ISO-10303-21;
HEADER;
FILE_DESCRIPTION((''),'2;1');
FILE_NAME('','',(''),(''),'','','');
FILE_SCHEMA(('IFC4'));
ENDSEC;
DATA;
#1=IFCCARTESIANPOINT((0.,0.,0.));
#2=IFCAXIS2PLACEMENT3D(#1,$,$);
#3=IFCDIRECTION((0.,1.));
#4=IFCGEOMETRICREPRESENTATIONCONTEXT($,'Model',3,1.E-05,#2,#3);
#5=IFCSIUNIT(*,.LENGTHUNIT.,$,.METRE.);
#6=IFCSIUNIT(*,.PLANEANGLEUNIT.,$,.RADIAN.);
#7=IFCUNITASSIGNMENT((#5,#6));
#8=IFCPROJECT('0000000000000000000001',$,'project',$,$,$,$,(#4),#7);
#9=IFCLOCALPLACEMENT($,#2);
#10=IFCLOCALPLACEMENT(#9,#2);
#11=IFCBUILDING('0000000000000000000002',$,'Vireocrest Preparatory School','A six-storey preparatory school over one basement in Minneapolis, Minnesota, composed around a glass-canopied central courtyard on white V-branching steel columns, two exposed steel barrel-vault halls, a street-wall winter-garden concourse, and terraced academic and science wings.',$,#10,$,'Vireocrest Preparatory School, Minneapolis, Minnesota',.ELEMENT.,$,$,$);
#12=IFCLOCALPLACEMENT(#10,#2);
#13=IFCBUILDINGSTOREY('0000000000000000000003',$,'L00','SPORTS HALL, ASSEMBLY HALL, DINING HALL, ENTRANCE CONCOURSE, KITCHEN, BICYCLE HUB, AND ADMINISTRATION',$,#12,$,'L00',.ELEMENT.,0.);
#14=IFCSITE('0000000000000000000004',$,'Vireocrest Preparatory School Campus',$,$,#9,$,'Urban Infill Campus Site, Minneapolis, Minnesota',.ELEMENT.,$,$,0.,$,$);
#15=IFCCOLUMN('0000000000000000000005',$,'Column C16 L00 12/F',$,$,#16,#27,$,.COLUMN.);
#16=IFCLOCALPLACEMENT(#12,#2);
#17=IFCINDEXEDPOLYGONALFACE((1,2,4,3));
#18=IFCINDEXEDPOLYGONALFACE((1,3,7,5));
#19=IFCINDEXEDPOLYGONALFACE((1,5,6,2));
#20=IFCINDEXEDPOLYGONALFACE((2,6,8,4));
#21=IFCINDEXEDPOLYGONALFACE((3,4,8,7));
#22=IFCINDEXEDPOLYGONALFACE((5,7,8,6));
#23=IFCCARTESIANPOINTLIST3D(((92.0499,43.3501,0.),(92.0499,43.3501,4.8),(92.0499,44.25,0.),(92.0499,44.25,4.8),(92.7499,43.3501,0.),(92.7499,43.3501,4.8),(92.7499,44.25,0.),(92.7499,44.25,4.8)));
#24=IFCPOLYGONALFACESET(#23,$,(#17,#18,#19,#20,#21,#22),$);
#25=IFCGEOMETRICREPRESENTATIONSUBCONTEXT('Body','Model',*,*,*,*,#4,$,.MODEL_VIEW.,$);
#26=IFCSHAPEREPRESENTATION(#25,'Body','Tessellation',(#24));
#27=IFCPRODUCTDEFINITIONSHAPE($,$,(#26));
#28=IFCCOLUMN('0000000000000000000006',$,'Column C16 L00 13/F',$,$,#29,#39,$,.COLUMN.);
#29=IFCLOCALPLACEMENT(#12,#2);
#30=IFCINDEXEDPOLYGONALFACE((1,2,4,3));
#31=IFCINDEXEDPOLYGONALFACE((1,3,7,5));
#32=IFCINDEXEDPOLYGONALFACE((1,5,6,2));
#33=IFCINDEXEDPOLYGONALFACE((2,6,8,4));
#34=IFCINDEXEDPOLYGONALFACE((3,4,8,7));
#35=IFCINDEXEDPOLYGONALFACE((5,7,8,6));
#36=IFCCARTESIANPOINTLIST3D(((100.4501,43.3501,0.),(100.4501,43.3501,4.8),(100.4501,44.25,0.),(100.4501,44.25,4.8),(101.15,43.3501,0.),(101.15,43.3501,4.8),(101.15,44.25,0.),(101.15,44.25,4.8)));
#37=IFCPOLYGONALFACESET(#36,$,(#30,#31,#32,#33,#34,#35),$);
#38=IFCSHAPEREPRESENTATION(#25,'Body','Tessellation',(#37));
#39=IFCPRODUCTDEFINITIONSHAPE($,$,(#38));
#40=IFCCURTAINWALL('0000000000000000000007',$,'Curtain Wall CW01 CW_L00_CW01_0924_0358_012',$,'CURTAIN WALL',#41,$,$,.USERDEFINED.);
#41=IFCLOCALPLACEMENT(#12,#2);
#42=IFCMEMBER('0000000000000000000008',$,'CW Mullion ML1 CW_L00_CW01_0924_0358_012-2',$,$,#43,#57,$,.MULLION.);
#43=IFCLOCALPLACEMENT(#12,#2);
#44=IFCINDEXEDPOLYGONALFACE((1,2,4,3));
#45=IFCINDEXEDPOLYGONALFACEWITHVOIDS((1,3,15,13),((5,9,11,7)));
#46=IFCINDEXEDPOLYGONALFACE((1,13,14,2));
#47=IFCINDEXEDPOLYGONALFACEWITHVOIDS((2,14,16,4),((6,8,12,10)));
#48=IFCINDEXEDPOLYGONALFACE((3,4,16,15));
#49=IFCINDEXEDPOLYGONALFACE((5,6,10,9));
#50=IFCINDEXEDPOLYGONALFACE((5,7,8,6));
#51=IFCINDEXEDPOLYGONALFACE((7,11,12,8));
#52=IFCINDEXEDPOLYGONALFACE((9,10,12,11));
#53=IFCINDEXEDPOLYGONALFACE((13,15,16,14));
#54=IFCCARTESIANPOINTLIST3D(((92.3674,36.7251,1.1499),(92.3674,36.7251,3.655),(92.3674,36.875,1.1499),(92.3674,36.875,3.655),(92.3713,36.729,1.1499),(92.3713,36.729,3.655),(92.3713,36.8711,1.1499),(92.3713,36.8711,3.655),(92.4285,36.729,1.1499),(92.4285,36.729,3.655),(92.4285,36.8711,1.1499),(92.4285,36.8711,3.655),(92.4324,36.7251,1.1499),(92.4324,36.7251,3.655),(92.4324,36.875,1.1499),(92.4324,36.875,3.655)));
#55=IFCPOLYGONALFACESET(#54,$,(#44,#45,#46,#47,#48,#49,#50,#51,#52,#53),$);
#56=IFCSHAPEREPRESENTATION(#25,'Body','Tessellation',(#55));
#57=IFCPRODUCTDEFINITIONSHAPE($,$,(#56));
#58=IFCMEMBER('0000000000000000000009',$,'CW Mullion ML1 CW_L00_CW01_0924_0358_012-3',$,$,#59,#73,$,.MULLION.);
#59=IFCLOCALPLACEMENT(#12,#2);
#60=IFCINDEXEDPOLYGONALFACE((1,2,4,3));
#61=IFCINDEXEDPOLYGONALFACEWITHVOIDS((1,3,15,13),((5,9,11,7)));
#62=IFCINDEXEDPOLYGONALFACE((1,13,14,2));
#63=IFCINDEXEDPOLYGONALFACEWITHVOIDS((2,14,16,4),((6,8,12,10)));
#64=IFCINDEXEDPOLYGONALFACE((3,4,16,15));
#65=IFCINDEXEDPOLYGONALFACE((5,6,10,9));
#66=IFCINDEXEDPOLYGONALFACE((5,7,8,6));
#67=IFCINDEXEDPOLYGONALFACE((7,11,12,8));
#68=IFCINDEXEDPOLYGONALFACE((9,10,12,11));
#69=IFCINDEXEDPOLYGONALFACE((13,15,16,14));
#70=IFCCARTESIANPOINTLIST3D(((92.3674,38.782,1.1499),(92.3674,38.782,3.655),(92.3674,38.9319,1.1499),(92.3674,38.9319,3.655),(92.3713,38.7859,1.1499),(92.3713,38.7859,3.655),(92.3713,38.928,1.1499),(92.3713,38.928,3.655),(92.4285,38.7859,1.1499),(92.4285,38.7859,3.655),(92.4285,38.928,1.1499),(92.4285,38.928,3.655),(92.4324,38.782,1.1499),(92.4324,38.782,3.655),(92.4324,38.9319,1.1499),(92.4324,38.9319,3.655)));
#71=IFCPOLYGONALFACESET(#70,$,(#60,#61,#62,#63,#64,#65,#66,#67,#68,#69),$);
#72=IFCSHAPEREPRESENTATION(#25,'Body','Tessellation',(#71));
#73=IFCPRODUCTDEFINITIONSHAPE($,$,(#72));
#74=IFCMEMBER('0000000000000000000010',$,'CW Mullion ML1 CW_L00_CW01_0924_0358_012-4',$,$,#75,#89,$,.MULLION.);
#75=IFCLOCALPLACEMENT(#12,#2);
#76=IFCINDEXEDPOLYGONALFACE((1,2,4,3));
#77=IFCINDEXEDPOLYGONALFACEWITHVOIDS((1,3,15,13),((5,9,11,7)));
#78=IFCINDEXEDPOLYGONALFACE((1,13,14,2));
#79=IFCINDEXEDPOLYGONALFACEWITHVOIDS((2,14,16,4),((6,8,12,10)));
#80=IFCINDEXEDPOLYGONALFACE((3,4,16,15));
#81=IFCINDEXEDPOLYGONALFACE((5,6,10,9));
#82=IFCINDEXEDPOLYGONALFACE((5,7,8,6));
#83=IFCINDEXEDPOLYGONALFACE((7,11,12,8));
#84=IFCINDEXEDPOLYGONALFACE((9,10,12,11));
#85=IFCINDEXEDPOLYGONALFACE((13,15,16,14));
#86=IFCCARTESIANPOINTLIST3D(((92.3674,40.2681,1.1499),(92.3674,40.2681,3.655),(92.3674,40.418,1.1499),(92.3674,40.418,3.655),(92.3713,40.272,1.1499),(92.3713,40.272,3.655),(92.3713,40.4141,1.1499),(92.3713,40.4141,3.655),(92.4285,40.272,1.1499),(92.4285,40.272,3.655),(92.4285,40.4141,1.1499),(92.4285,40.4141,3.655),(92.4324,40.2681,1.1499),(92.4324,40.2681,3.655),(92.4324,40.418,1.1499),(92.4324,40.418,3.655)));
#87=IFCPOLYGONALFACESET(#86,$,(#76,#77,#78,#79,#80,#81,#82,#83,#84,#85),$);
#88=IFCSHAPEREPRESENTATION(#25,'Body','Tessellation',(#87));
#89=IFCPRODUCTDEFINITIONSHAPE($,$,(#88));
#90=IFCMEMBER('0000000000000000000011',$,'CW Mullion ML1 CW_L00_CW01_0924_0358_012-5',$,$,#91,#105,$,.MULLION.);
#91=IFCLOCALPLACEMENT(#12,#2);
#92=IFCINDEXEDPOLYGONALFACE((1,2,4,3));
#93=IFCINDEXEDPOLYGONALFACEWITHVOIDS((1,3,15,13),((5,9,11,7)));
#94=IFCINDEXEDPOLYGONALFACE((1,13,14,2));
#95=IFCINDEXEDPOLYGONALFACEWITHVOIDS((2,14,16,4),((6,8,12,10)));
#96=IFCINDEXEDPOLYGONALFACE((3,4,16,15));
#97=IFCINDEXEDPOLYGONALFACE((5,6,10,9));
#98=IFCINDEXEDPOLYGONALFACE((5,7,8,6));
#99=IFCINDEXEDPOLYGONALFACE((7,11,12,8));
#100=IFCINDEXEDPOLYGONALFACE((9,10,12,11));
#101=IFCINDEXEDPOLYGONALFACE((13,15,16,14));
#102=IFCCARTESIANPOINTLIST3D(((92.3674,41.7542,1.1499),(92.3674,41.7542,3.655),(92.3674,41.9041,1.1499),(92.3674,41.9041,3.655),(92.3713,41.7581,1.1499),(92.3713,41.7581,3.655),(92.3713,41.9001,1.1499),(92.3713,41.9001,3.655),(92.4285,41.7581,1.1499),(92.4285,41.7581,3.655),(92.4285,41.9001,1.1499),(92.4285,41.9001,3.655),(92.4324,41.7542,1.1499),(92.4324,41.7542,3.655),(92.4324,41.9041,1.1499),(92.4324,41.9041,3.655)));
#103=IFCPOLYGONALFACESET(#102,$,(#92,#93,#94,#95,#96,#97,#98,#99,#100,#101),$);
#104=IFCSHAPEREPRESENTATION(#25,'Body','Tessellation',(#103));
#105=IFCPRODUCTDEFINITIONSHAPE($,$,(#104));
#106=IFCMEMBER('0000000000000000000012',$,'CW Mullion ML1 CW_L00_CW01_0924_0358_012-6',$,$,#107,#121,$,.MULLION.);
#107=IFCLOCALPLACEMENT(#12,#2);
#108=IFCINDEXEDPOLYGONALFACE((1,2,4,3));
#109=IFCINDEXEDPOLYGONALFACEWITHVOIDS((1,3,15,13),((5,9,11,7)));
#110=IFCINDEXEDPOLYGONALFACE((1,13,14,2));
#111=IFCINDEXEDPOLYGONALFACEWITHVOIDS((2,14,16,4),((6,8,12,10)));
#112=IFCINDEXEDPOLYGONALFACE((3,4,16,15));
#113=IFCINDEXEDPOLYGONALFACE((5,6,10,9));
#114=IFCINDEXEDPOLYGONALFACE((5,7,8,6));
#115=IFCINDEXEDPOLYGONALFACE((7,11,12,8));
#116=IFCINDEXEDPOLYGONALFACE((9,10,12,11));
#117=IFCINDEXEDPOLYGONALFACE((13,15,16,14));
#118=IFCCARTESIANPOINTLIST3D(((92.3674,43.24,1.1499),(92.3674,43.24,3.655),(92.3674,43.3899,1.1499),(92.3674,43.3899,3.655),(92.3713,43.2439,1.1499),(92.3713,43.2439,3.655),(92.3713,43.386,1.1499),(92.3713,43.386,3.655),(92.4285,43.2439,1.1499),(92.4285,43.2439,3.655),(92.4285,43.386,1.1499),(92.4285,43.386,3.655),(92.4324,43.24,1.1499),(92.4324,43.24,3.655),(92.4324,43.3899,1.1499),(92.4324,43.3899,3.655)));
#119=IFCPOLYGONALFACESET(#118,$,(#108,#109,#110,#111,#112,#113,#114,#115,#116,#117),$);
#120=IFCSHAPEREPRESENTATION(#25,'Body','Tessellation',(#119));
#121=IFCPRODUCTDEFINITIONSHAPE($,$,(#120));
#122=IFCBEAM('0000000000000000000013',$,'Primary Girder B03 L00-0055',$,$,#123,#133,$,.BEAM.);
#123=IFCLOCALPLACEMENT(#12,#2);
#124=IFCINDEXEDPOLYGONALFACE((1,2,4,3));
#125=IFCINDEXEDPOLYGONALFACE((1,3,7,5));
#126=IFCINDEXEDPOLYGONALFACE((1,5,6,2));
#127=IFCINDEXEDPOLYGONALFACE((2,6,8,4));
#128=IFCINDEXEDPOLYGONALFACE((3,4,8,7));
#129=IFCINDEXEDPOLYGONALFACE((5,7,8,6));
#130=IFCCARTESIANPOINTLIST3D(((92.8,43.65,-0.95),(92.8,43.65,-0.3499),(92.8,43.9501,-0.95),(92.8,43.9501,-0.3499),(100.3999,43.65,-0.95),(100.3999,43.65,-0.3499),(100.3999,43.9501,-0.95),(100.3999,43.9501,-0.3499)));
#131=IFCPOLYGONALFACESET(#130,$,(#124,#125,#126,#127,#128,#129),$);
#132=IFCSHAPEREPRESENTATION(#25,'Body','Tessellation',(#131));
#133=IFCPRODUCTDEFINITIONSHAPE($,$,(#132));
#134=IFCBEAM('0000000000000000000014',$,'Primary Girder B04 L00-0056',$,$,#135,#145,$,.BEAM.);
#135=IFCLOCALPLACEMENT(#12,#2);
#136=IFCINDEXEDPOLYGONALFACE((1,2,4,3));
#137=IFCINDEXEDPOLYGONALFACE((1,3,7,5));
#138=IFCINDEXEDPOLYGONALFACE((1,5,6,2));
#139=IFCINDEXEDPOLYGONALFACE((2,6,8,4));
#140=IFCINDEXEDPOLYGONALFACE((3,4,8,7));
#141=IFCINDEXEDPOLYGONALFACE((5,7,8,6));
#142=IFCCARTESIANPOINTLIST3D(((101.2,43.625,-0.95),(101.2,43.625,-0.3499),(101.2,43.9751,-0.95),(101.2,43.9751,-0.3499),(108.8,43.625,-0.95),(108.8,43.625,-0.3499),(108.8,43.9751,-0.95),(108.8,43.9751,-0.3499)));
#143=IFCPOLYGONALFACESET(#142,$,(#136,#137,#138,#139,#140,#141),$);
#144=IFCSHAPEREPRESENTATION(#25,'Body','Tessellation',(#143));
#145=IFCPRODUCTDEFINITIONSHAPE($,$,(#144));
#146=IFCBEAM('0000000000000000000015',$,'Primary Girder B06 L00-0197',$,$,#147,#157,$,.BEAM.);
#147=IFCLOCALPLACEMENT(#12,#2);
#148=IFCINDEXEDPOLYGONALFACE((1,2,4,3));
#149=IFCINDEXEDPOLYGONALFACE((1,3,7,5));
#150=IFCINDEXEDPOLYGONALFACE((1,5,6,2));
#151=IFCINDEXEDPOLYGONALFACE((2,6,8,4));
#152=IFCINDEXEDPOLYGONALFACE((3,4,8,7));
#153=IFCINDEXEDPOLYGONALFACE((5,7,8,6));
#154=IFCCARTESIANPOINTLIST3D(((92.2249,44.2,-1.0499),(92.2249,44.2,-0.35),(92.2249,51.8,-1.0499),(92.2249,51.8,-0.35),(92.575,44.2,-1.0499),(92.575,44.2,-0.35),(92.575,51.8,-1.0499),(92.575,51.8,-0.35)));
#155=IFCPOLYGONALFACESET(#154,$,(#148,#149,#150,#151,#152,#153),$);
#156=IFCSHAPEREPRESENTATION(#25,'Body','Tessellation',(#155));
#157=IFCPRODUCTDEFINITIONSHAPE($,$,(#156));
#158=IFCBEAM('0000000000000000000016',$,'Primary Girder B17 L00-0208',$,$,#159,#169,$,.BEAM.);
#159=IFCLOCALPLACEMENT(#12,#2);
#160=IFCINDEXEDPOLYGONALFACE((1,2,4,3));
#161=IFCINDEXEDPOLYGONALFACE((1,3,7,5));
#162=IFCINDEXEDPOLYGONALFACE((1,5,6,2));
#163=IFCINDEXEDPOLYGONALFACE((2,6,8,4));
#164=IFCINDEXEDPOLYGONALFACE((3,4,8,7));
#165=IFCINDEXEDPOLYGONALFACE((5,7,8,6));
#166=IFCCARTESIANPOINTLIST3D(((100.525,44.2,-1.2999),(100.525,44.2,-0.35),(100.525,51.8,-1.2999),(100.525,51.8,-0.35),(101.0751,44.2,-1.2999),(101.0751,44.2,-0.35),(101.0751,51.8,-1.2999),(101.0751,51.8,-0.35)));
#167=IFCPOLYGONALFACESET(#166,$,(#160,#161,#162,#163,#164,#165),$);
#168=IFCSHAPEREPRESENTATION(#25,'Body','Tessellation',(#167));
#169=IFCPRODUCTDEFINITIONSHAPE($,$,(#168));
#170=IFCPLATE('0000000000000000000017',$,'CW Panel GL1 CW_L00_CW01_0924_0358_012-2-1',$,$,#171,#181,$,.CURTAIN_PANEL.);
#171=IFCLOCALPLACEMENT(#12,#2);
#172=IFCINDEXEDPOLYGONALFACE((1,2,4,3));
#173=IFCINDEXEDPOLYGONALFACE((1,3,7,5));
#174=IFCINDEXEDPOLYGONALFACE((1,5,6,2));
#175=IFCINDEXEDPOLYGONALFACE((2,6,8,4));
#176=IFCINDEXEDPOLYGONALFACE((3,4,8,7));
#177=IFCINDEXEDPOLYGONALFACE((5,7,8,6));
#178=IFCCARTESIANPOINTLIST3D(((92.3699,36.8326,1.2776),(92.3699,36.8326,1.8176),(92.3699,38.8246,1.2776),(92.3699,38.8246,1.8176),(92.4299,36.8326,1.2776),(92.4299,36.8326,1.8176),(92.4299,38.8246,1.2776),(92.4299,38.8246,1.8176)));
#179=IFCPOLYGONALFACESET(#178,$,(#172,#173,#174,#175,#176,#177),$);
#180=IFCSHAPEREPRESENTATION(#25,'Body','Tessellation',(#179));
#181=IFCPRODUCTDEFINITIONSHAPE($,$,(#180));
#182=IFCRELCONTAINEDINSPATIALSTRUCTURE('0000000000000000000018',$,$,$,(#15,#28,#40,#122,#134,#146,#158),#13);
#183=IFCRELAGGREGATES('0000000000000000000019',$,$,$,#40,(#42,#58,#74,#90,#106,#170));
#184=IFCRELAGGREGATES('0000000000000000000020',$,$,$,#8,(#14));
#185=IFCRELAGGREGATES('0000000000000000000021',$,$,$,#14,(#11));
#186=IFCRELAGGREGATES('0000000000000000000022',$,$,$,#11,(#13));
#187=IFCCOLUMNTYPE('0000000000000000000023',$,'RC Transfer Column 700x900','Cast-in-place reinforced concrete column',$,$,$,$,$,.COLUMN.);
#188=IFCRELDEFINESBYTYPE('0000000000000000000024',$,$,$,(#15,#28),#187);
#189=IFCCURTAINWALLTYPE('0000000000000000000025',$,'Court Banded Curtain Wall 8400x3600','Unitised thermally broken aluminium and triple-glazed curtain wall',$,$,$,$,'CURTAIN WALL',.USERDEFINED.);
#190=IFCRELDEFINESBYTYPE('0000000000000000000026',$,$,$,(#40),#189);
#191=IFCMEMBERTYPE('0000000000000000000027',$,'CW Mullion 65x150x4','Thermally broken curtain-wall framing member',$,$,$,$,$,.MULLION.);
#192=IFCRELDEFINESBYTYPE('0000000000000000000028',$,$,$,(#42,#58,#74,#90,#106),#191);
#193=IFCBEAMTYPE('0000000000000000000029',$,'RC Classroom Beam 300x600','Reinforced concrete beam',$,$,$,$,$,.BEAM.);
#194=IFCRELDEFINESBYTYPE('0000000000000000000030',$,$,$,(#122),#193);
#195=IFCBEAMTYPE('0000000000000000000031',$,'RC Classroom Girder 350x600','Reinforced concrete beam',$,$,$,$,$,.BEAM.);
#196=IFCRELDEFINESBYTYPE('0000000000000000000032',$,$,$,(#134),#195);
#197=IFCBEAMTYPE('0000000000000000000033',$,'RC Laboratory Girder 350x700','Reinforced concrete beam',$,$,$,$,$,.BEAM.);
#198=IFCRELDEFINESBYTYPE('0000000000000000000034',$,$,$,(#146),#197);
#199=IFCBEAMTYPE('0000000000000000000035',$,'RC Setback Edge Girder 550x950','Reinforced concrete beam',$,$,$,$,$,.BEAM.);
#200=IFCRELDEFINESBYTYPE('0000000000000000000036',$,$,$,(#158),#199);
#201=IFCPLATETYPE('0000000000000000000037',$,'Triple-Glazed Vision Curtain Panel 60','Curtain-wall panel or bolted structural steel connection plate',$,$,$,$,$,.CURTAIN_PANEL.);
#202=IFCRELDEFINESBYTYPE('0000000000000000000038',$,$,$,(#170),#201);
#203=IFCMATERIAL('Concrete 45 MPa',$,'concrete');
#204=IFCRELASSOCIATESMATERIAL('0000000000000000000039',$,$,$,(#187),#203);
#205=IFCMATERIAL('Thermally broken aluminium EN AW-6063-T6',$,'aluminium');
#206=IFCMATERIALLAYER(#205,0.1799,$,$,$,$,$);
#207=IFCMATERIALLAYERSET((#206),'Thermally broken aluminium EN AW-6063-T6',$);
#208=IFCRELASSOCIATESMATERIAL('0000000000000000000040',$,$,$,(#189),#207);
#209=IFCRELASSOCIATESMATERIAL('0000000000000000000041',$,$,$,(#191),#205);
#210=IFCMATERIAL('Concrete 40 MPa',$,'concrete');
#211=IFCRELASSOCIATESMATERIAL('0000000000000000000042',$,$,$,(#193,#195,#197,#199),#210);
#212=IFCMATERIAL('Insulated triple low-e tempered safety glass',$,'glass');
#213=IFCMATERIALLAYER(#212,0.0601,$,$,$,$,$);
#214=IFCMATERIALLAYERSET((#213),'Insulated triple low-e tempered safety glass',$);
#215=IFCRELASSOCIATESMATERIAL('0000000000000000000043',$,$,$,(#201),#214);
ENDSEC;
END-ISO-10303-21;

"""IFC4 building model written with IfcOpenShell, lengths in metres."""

from ifc_helpers import new_model, si_unit, direction, frame, origin, origin_2d, place, context, subcontext, project, spatial, rectangle, hollow_rectangle, extrude, material, layer, layer_set, material_profile, profile_set, type_object, element, aggregate, save


model = new_model("IFC4")

# Units and contexts
model_context = context("Model", 3, precision=1e-05, world=origin(), true_north=direction((0.0, 1.0)))
body_context = subcontext(model_context, "Body", "Model", "MODEL_VIEW")
ifc_project = project(units=[si_unit("LENGTHUNIT", "METRE"), si_unit("PLANEANGLEUNIT", "RADIAN")], contexts=[model_context])

# Site, building, storey
site_placement = place(None, origin())
site = spatial("IfcSite", under=ifc_project, at=site_placement, Name="Vireocrest Preparatory School Campus", LongName="Urban Infill Campus Site, Minneapolis, Minnesota", CompositionType="ELEMENT", RefElevation=0.0)
building_placement = place(site_placement, origin())
building = spatial("IfcBuilding", under=site, at=building_placement, Name="Vireocrest Preparatory School", Description="A six-storey preparatory school over one basement in Minneapolis, Minnesota, composed around a glass-canopied central courtyard on white V-branching steel columns, two exposed steel barrel-vault halls, a street-wall winter-garden concourse, and terraced academic and science wings.", LongName="Vireocrest Preparatory School, Minneapolis, Minnesota", CompositionType="ELEMENT")
storey_placement = place(building_placement, origin())
storey = spatial("IfcBuildingStorey", under=building, at=storey_placement, Name="L00", Description="SPORTS HALL, ASSEMBLY HALL, DINING HALL, ENTRANCE CONCOURSE, KITCHEN, BICYCLE HUB, AND ADMINISTRATION", LongName="L00", CompositionType="ELEMENT", Elevation=0.0)

# Columns
ifc_material_1 = material(Name="Concrete 45 MPa", Category="concrete")
ifc_material_profile_1 = material_profile(ifc_material_1, rectangle(XDim=0.7, YDim=0.8999, at=origin_2d()), Name="RC 700x900")
ifc_profile_set_1 = profile_set([ifc_material_profile_1], Name="Concrete 45 MPa")
column_type = type_object("IfcColumnType", Name="RC Transfer Column 700x900", Description="Cast-in-place reinforced concrete column", PredefinedType="COLUMN", material=ifc_profile_set_1)
for number, where, z_axis, x_axis, name in (
    (1, (92.3999, 43.8, 0.0), (0.0, 0.0, 1.0), (1.0, 0.0, 0.0), "Column C16 L00 12/F"),
    (2, (100.8, 43.8, 0.0), (0.0, 0.0, 1.0), (1.0, 0.0, 0.0), "Column C16 L00 13/F"),
):
    element("IfcColumn", number, at=place(storey_placement, frame(where, z_axis=z_axis, x_axis=x_axis)), inside=storey, type_object=column_type, Name=name, PredefinedType="COLUMN", context=body_context, shape_type="SweptSolid", body=[
        extrude(rectangle(XDim=0.7, YDim=0.8999, at=origin_2d()), origin(), (0.0, 0.0, 1.0), 4.8),
    ])

# Curtain wall, members
ifc_material_2 = material(Name="Thermally broken aluminium EN AW-6063-T6", Category="aluminium")
ifc_layer_1 = layer(ifc_material_2, 0.1799)
ifc_layer_set_1 = layer_set([ifc_layer_1], Name="Thermally broken aluminium EN AW-6063-T6")
curtain_wall_type = type_object("IfcCurtainWallType", Name="Court Banded Curtain Wall 8400x3600", Description="Unitised thermally broken aluminium and triple-glazed curtain wall", ElementType="CURTAIN WALL", PredefinedType="USERDEFINED", material=ifc_layer_set_1)
curtain_wall_placement = place(storey_placement, origin())
curtain_wall = element("IfcCurtainWall", 3, at=curtain_wall_placement, inside=storey, type_object=curtain_wall_type, Name="Curtain Wall CW01 CW_L00_CW01_0924_0358_012", ObjectType="CURTAIN WALL", PredefinedType="USERDEFINED")
ifc_material_profile_2 = material_profile(ifc_material_2, hollow_rectangle(XDim=0.0649, YDim=0.1499, WallThickness=0.0039, at=origin_2d()), Name="ALU 65x150x4")
ifc_profile_set_2 = profile_set([ifc_material_profile_2], Name="Thermally broken aluminium EN AW-6063-T6")
member_type = type_object("IfcMemberType", Name="CW Mullion 65x150x4", Description="Thermally broken curtain-wall framing member", PredefinedType="MULLION", material=ifc_profile_set_2)
member_1_placement = place(storey_placement, frame((92.3999, 36.8, 1.1499), z_axis=(0.0, 0.0, 1.0), x_axis=(1.0, 0.0, 0.0)))
member_1 = element("IfcMember", 4, at=member_1_placement, type_object=member_type, Name="CW Mullion ML1 CW_L00_CW01_0924_0358_012-2", PredefinedType="MULLION", context=body_context, shape_type="SweptSolid", body=[
    extrude(hollow_rectangle(XDim=0.0649, YDim=0.1499, WallThickness=0.0039, at=origin_2d()), origin(), (0.0, 0.0, 1.0), 2.5051),
])
member_2_placement = place(storey_placement, frame((92.3999, 38.8569, 1.1499), z_axis=(0.0, 0.0, 1.0), x_axis=(1.0, 0.0, 0.0)))
member_2 = element("IfcMember", 5, at=member_2_placement, type_object=member_type, Name="CW Mullion ML1 CW_L00_CW01_0924_0358_012-3", PredefinedType="MULLION", context=body_context, shape_type="SweptSolid", body=[
    extrude(hollow_rectangle(XDim=0.0649, YDim=0.1499, WallThickness=0.0039, at=origin_2d()), origin(), (0.0, 0.0, 1.0), 2.5051),
])
member_3_placement = place(storey_placement, frame((92.3999, 40.343, 1.1499), z_axis=(0.0, 0.0, 1.0), x_axis=(1.0, 0.0, 0.0)))
member_3 = element("IfcMember", 6, at=member_3_placement, type_object=member_type, Name="CW Mullion ML1 CW_L00_CW01_0924_0358_012-4", PredefinedType="MULLION", context=body_context, shape_type="SweptSolid", body=[
    extrude(hollow_rectangle(XDim=0.0649, YDim=0.1499, WallThickness=0.0039, at=origin_2d()), origin(), (0.0, 0.0, 1.0), 2.5051),
])
member_4_placement = place(storey_placement, frame((92.3999, 41.8291, 1.1499), z_axis=(0.0, 0.0, 1.0), x_axis=(1.0, 0.0, 0.0)))
member_4 = element("IfcMember", 7, at=member_4_placement, type_object=member_type, Name="CW Mullion ML1 CW_L00_CW01_0924_0358_012-5", PredefinedType="MULLION", context=body_context, shape_type="SweptSolid", body=[
    extrude(hollow_rectangle(XDim=0.0649, YDim=0.1499, WallThickness=0.0039, at=origin_2d()), origin(), (0.0, 0.0, 1.0), 2.5051),
])
member_5_placement = place(storey_placement, frame((92.3999, 43.3149, 1.1499), z_axis=(0.0, 0.0, 1.0), x_axis=(1.0, 0.0, 0.0)))
member_5 = element("IfcMember", 8, at=member_5_placement, type_object=member_type, Name="CW Mullion ML1 CW_L00_CW01_0924_0358_012-6", PredefinedType="MULLION", context=body_context, shape_type="SweptSolid", body=[
    extrude(hollow_rectangle(XDim=0.0649, YDim=0.1499, WallThickness=0.0039, at=origin_2d()), origin(), (0.0, 0.0, 1.0), 2.5051),
])

# Beams
ifc_material_3 = material(Name="Concrete 40 MPa", Category="concrete")
ifc_material_profile_3 = material_profile(ifc_material_3, rectangle(XDim=0.3, YDim=0.6001, at=origin_2d()), Name="RC 300x600")
ifc_profile_set_3 = profile_set([ifc_material_profile_3], Name="Concrete 40 MPa")
beam_type_1 = type_object("IfcBeamType", Name="RC Classroom Beam 300x600", Description="Reinforced concrete beam", PredefinedType="BEAM", material=ifc_profile_set_3)
beam_1_placement = place(storey_placement, frame((92.8, 43.8, -0.6499), z_axis=(1.0, 0.0, 0.0), x_axis=(0.0, 1.0, 0.0)))
element("IfcBeam", 9, at=beam_1_placement, inside=storey, type_object=beam_type_1, Name="Primary Girder B03 L00-0055", PredefinedType="BEAM", context=body_context, shape_type="SweptSolid", body=[
    extrude(rectangle(XDim=0.3, YDim=0.6001, at=origin_2d()), origin(), (0.0, 0.0, 1.0), 7.5999),
])
ifc_material_profile_4 = material_profile(ifc_material_3, rectangle(XDim=0.3501, YDim=0.6001, at=origin_2d()), Name="RC 350x600")
ifc_profile_set_4 = profile_set([ifc_material_profile_4], Name="Concrete 40 MPa")
beam_type_2 = type_object("IfcBeamType", Name="RC Classroom Girder 350x600", Description="Reinforced concrete beam", PredefinedType="BEAM", material=ifc_profile_set_4)
beam_2_placement = place(storey_placement, frame((101.2, 43.8, -0.6499), z_axis=(1.0, 0.0, 0.0), x_axis=(0.0, 1.0, 0.0)))
element("IfcBeam", 10, at=beam_2_placement, inside=storey, type_object=beam_type_2, Name="Primary Girder B04 L00-0056", PredefinedType="BEAM", context=body_context, shape_type="SweptSolid", body=[
    extrude(rectangle(XDim=0.3501, YDim=0.6001, at=origin_2d()), origin(), (0.0, 0.0, 1.0), 7.6001),
])
ifc_material_profile_5 = material_profile(ifc_material_3, rectangle(XDim=0.3501, YDim=0.7, at=origin_2d()), Name="RC 350x700")
ifc_profile_set_5 = profile_set([ifc_material_profile_5], Name="Concrete 40 MPa")
beam_type_3 = type_object("IfcBeamType", Name="RC Laboratory Girder 350x700", Description="Reinforced concrete beam", PredefinedType="BEAM", material=ifc_profile_set_5)
beam_3_placement = place(storey_placement, frame((92.3999, 44.2, -0.7), z_axis=(0.0, 1.0, 0.0), x_axis=(-1.0, 0.0, 0.0)))
element("IfcBeam", 11, at=beam_3_placement, inside=storey, type_object=beam_type_3, Name="Primary Girder B06 L00-0197", PredefinedType="BEAM", context=body_context, shape_type="SweptSolid", body=[
    extrude(rectangle(XDim=0.3501, YDim=0.7, at=origin_2d()), origin(), (0.0, 0.0, 1.0), 7.6001),
])
ifc_material_profile_6 = material_profile(ifc_material_3, rectangle(XDim=0.55, YDim=0.95, at=origin_2d()), Name="RC 550x950")
ifc_profile_set_6 = profile_set([ifc_material_profile_6], Name="Concrete 40 MPa")
beam_type_4 = type_object("IfcBeamType", Name="RC Setback Edge Girder 550x950", Description="Reinforced concrete beam", PredefinedType="BEAM", material=ifc_profile_set_6)
beam_4_placement = place(storey_placement, frame((100.8, 44.2, -0.825), z_axis=(0.0, 1.0, 0.0), x_axis=(-1.0, 0.0, 0.0)))
element("IfcBeam", 12, at=beam_4_placement, inside=storey, type_object=beam_type_4, Name="Primary Girder B17 L00-0208", PredefinedType="BEAM", context=body_context, shape_type="SweptSolid", body=[
    extrude(rectangle(XDim=0.55, YDim=0.95, at=origin_2d()), origin(), (0.0, 0.0, 1.0), 7.6001),
])

# Plate
ifc_material_4 = material(Name="Insulated triple low-e tempered safety glass", Category="glass")
ifc_layer_2 = layer(ifc_material_4, 0.0601)
ifc_layer_set_2 = layer_set([ifc_layer_2], Name="Insulated triple low-e tempered safety glass")
plate_type = type_object("IfcPlateType", Name="Triple-Glazed Vision Curtain Panel 60", Description="Curtain-wall panel or bolted structural steel connection plate", PredefinedType="CURTAIN_PANEL", material=ifc_layer_set_2)
plate_1_placement = place(storey_placement, frame((92.3999, 37.8286, 1.2776), z_axis=(0.0, 0.0, 1.0), x_axis=(0.0, 1.0, 0.0)))
plate_1 = element("IfcPlate", 13, at=plate_1_placement, type_object=plate_type, Name="CW Panel GL1 CW_L00_CW01_0924_0358_012-2-1", PredefinedType="CURTAIN_PANEL", context=body_context, shape_type="SweptSolid", body=[
    extrude(rectangle(XDim=1.9919, YDim=0.0601, at=origin_2d()), origin(), (0.0, 0.0, 1.0), 0.54),
])
aggregate(curtain_wall, [member_1, member_2, member_3, member_4, member_5, plate_1])

save(model, "model.ifc")
